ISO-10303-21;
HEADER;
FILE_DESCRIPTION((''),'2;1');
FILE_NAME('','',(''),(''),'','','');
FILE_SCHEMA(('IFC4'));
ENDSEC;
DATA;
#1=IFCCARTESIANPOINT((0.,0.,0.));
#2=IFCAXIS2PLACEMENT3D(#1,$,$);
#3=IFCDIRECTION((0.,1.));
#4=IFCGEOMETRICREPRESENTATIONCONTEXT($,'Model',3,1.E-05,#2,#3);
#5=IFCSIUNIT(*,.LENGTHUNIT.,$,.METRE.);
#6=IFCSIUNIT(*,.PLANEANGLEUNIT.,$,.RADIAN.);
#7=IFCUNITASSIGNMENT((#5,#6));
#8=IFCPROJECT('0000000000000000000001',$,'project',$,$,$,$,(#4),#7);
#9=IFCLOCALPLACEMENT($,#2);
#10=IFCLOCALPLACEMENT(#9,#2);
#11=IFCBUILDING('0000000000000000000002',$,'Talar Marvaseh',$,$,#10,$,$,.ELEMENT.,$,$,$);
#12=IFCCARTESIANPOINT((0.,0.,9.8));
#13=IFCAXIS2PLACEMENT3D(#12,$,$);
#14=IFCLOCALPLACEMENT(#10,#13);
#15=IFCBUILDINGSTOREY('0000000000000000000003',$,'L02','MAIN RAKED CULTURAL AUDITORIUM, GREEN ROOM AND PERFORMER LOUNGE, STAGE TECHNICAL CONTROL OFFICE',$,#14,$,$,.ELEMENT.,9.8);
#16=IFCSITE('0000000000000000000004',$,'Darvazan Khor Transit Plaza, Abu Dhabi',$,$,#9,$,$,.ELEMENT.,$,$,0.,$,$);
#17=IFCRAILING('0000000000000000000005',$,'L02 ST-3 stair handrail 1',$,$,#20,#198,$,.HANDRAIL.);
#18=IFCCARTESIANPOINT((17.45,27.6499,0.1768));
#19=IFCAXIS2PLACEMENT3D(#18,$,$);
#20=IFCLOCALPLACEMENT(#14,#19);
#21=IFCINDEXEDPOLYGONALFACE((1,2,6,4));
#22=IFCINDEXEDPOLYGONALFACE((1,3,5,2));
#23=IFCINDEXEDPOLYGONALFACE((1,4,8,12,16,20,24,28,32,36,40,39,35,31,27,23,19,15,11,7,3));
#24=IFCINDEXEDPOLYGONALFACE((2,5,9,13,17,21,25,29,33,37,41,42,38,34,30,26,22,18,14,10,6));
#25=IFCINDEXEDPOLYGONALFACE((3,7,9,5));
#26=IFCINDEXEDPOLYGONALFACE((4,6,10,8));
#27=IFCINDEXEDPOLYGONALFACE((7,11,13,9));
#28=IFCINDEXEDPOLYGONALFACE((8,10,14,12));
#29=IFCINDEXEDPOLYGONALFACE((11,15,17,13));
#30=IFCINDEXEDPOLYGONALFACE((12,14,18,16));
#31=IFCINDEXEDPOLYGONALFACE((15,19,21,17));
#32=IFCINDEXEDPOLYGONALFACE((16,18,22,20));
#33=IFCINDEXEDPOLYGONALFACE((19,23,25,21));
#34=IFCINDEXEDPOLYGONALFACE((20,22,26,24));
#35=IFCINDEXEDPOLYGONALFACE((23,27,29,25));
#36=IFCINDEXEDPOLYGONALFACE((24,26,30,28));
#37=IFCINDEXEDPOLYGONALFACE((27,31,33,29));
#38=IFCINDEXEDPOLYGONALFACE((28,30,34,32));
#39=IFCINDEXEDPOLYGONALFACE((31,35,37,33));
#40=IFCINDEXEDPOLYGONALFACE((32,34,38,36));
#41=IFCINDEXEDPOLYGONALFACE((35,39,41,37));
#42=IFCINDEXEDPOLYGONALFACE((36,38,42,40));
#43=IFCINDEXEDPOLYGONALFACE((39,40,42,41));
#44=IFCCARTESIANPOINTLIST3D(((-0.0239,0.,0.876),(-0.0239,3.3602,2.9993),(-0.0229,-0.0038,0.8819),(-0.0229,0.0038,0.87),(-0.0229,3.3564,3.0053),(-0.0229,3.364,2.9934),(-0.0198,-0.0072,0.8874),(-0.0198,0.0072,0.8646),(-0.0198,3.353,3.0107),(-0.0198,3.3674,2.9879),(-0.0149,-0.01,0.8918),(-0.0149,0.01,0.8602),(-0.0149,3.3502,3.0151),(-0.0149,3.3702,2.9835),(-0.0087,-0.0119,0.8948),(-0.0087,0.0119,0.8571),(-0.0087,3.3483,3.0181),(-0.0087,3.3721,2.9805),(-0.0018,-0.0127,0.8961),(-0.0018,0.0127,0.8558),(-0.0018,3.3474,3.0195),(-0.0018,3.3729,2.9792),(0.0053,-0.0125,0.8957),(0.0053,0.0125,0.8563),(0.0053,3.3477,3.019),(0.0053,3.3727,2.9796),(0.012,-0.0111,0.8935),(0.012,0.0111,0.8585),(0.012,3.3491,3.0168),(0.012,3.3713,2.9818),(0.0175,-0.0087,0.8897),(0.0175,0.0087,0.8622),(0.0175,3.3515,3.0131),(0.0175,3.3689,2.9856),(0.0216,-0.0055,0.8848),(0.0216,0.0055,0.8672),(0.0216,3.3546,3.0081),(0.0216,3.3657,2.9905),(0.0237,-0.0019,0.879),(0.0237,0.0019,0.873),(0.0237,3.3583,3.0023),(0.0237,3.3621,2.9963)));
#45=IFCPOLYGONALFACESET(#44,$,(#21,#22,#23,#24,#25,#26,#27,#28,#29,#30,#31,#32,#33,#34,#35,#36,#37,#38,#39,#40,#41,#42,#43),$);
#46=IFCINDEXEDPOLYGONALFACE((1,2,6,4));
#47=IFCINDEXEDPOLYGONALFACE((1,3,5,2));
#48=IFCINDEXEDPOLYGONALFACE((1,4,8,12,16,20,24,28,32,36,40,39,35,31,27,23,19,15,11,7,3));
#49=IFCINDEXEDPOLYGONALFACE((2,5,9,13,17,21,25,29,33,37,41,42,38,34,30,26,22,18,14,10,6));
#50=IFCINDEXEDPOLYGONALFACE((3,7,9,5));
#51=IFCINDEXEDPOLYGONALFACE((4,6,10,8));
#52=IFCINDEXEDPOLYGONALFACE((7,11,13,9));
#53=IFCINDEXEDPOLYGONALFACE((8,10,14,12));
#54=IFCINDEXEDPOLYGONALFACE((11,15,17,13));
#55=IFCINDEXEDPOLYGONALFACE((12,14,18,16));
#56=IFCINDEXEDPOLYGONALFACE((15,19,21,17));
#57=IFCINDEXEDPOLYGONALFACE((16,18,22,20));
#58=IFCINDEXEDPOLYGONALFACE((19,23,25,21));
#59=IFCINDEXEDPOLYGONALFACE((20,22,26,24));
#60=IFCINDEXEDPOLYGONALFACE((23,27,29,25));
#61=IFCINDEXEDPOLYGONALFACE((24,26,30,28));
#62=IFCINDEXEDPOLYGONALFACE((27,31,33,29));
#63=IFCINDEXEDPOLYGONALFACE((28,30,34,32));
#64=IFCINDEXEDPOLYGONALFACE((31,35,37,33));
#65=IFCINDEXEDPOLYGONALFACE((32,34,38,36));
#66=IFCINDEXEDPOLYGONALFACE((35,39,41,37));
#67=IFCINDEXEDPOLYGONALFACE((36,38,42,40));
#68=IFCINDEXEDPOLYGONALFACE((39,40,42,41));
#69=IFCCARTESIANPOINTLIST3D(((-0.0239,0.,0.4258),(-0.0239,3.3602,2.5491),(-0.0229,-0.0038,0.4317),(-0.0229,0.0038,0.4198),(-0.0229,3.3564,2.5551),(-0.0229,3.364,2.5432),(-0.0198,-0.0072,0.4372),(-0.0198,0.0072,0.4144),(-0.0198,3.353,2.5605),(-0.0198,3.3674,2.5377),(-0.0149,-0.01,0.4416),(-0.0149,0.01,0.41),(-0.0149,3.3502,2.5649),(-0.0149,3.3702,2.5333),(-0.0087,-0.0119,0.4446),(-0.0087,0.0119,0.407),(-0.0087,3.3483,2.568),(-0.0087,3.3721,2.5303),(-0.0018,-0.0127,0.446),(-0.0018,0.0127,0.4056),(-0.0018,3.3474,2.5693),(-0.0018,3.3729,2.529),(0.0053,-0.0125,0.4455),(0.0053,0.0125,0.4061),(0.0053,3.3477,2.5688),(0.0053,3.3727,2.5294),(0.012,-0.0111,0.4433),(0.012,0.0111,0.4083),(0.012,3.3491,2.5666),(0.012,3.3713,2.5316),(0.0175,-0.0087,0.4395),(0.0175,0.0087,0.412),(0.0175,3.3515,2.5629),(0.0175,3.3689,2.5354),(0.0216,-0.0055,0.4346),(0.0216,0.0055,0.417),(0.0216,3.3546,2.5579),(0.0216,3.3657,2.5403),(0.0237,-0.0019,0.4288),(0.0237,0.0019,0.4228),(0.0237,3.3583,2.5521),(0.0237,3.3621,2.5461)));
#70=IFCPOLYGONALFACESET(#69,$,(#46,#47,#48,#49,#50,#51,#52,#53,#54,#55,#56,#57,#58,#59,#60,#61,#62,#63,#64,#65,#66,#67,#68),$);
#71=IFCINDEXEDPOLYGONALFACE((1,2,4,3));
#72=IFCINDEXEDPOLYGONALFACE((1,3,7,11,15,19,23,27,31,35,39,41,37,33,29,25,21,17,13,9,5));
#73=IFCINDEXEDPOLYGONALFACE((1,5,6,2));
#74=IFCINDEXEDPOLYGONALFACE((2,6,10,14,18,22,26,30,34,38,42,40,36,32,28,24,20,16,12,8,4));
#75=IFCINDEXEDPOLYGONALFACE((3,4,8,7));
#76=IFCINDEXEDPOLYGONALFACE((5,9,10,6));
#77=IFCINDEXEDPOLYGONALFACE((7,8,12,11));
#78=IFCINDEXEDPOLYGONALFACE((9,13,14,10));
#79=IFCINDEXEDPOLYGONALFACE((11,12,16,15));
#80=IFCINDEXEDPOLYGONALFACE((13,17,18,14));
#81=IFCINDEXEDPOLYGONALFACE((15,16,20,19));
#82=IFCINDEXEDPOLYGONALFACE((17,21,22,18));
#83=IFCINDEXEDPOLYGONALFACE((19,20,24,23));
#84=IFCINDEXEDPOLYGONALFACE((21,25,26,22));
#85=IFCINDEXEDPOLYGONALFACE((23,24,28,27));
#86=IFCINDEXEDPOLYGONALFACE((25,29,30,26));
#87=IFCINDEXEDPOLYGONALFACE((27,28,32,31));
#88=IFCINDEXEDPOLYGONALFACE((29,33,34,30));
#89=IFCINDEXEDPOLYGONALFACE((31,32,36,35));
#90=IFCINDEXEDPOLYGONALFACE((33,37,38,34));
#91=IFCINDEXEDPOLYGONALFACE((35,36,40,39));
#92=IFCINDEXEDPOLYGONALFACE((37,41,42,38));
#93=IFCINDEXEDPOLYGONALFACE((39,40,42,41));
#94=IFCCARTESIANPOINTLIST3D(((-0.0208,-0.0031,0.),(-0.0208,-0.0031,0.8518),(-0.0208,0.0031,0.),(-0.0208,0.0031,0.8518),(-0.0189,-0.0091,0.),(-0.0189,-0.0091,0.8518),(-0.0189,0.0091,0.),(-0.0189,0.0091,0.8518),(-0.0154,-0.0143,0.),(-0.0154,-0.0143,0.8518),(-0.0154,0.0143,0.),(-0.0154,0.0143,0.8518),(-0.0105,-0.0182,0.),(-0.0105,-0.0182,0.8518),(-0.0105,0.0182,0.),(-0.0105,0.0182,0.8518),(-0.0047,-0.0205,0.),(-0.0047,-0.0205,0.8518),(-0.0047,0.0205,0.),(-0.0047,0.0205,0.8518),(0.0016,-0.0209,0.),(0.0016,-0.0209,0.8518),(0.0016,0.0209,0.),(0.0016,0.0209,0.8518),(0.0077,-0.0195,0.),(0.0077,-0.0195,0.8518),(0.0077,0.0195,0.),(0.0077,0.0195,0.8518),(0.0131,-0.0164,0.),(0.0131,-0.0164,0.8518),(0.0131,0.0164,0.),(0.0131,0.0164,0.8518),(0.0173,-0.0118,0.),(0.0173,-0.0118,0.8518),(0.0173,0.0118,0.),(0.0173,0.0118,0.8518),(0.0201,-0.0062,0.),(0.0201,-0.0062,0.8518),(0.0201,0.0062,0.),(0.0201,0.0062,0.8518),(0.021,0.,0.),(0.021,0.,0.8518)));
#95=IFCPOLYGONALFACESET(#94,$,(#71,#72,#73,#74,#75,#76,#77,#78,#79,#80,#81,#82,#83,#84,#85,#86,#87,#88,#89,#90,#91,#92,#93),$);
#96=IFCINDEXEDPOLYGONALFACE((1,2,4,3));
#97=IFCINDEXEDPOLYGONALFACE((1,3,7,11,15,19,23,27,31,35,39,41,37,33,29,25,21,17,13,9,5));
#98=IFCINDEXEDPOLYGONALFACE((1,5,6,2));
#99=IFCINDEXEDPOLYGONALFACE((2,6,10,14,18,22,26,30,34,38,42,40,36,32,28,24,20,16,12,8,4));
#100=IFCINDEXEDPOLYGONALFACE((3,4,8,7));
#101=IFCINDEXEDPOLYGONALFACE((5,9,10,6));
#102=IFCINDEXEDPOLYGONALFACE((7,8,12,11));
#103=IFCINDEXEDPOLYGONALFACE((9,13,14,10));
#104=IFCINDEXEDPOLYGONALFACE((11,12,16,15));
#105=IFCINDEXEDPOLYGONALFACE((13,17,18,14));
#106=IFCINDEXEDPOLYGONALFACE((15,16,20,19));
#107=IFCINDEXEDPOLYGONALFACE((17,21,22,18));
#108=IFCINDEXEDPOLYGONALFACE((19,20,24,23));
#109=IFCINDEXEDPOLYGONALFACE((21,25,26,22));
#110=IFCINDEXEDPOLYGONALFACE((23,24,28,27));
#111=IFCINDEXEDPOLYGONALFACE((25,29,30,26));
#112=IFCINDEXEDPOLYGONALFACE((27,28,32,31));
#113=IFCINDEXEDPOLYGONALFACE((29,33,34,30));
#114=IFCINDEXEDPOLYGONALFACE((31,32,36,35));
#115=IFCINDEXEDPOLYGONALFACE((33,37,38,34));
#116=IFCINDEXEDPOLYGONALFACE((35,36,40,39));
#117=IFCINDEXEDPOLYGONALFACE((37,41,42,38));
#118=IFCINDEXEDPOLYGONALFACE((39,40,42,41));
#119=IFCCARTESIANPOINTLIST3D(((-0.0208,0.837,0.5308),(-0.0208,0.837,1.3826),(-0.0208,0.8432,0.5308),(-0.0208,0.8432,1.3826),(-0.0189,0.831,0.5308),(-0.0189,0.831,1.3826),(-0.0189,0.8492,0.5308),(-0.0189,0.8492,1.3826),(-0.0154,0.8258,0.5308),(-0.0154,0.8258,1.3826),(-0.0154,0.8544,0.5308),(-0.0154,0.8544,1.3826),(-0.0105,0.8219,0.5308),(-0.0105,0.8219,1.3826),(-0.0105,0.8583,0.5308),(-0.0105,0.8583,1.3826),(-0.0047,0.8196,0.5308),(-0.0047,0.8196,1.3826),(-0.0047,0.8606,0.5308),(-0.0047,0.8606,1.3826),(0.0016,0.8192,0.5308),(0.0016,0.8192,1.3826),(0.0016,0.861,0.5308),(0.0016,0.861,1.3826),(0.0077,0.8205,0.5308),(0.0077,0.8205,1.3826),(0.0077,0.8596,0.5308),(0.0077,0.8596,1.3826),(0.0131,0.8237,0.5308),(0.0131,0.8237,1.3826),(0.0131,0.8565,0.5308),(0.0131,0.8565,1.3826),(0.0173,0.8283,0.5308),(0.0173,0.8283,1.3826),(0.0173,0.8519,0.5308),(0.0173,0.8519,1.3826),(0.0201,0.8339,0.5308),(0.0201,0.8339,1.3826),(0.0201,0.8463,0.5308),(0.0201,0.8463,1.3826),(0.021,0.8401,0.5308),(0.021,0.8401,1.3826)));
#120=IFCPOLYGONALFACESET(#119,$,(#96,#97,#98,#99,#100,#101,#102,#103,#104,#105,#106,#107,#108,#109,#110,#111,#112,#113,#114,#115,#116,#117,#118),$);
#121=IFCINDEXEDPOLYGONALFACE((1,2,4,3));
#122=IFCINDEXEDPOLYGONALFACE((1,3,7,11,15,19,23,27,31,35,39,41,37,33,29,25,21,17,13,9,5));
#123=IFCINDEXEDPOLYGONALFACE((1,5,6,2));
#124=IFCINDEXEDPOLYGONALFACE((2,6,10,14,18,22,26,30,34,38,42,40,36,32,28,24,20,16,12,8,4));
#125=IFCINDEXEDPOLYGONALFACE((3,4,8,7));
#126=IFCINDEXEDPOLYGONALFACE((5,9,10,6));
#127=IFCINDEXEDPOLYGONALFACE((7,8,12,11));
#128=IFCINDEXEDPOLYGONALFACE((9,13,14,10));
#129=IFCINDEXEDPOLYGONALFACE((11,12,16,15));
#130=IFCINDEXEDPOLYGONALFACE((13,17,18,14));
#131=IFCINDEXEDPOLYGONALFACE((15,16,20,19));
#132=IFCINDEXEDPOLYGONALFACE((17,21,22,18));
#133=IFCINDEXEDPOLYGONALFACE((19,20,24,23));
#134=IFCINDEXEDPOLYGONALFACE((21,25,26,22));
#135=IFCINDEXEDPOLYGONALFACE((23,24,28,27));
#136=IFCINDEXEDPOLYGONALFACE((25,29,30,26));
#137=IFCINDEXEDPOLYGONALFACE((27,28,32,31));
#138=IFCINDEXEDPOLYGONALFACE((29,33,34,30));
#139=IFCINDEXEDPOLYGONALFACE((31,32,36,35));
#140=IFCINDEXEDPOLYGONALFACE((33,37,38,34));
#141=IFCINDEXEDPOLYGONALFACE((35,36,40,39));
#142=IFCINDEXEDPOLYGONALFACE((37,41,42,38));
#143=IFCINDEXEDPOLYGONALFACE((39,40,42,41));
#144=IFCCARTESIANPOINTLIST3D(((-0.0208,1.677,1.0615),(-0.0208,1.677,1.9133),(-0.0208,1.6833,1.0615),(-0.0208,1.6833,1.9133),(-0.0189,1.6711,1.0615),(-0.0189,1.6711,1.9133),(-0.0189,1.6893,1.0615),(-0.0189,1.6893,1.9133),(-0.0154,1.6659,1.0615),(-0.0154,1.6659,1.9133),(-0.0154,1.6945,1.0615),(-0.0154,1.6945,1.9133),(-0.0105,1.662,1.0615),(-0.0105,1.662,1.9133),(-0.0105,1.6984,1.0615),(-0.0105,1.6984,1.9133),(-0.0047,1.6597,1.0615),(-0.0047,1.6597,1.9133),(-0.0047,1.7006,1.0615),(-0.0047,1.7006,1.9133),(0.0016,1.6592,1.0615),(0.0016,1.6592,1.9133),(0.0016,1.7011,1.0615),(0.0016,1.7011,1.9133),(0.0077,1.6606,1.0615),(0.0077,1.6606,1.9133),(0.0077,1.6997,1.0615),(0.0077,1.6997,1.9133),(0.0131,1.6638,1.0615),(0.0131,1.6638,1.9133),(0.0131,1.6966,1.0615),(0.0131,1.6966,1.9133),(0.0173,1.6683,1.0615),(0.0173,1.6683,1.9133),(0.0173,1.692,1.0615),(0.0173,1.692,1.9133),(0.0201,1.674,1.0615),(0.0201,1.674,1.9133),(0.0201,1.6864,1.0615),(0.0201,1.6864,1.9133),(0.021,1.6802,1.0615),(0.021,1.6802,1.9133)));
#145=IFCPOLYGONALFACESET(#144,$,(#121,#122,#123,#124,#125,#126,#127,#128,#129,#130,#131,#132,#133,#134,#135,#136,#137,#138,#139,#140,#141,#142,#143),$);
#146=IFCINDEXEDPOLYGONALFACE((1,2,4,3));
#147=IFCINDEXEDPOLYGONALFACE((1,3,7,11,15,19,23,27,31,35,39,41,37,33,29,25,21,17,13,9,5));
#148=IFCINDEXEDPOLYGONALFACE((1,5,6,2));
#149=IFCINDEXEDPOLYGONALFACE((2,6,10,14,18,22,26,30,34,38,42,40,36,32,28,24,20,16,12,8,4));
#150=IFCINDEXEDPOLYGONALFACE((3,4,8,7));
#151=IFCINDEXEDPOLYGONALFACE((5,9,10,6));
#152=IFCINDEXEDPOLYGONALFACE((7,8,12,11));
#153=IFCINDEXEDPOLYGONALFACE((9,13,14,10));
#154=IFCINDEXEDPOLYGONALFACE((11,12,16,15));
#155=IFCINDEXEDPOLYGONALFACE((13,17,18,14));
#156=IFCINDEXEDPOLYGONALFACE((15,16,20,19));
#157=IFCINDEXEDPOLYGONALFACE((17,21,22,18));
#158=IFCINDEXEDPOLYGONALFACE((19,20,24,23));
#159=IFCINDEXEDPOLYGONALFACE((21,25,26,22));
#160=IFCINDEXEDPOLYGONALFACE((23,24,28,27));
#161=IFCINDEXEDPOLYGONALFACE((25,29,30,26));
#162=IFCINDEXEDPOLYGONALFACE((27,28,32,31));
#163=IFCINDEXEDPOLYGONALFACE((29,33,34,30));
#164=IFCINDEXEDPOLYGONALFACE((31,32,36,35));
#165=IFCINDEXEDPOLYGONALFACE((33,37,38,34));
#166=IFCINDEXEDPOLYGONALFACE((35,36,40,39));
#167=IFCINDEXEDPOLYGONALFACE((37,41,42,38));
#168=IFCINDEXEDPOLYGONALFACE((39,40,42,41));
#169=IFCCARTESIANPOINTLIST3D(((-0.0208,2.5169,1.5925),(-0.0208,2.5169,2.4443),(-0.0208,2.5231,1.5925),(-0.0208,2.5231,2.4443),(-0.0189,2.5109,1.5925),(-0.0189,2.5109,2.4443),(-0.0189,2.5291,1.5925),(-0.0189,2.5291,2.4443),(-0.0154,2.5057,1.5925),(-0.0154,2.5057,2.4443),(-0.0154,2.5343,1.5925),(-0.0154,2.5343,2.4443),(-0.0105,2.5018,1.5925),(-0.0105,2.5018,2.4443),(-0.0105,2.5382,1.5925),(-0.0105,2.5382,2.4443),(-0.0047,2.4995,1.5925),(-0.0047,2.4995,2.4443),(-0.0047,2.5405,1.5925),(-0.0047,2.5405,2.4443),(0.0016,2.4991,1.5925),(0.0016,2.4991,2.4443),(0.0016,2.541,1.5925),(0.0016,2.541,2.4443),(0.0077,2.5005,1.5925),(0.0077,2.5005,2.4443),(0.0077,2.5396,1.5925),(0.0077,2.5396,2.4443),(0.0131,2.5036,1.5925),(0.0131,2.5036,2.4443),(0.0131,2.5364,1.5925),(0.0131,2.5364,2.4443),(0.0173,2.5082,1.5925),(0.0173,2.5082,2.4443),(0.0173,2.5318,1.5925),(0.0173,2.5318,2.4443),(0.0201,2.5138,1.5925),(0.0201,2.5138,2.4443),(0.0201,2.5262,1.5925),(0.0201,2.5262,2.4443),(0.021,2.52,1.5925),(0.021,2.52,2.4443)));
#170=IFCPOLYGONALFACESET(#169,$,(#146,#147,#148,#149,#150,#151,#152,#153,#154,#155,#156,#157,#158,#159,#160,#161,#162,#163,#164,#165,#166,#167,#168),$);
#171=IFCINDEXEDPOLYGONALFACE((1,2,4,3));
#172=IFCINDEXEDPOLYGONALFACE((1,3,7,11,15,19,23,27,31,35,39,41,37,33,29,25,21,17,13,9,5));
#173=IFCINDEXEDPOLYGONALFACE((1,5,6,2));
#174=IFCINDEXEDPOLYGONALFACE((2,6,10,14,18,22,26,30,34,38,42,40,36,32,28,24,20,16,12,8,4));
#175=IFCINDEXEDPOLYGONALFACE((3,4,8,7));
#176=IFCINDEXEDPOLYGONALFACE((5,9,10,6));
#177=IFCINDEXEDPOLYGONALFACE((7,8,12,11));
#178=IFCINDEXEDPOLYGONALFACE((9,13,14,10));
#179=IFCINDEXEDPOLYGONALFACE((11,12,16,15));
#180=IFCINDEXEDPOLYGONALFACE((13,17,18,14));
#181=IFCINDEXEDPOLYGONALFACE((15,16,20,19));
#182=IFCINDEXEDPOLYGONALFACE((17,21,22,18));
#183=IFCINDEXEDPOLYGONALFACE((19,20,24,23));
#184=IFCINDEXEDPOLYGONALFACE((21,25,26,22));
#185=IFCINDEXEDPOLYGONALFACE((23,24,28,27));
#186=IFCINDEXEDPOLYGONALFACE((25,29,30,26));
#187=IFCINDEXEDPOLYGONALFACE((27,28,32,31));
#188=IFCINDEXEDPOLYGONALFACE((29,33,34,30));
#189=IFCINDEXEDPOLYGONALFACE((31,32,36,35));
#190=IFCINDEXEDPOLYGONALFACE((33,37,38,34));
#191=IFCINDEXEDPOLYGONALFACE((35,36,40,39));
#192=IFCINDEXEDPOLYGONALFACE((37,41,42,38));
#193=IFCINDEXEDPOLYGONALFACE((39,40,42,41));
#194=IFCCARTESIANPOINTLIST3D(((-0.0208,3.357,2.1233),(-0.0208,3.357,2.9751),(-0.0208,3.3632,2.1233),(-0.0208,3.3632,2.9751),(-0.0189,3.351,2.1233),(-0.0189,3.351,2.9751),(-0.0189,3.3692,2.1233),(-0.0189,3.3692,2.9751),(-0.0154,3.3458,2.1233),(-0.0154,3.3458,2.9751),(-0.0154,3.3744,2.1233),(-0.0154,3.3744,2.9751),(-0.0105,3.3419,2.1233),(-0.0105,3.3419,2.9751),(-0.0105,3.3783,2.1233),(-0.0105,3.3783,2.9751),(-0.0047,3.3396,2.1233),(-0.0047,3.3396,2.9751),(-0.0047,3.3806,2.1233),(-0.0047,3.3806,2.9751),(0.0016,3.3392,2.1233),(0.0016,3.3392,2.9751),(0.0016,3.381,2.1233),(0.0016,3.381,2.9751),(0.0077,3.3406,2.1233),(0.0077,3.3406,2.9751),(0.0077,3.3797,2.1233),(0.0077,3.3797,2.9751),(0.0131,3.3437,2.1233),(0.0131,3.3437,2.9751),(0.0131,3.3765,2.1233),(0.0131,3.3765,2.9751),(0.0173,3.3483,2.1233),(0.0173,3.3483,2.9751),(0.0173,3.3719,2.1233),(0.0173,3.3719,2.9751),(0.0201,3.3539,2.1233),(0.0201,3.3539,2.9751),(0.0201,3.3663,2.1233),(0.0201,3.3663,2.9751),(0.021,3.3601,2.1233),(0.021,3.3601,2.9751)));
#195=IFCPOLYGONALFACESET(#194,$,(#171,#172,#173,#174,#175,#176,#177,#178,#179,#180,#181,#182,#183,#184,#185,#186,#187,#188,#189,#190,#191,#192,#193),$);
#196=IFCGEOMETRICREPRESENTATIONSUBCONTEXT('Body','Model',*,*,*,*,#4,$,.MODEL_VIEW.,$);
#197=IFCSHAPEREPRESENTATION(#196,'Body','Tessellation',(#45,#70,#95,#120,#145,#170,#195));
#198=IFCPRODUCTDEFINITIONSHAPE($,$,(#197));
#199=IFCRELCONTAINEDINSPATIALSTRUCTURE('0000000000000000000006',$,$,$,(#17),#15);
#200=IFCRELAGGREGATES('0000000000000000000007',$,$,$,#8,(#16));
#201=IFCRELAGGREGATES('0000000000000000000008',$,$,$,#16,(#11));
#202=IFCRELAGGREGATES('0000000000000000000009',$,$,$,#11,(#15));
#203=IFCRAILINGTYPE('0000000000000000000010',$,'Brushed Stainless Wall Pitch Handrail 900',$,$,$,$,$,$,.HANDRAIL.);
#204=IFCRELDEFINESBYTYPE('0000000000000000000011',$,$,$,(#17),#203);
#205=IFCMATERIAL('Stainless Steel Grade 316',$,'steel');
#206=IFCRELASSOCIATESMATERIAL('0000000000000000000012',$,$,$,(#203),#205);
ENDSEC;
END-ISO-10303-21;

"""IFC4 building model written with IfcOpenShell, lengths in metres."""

from ifc_helpers import new_model, si_unit, direction, frame, origin, origin_2d, place, context, subcontext, project, spatial, circle, extrude, material, type_object, element, save


model = new_model("IFC4")

# Units and contexts
model_context = context("Model", 3, precision=1e-05, world=origin(), true_north=direction((0.0, 1.0)))
body_context = subcontext(model_context, "Body", "Model", "MODEL_VIEW")
ifc_project = project(units=[si_unit("LENGTHUNIT", "METRE"), si_unit("PLANEANGLEUNIT", "RADIAN")], contexts=[model_context])

# Site, building, storey
site_placement = place(None, origin())
site = spatial("IfcSite", under=ifc_project, at=site_placement, Name="Darvazan Khor Transit Plaza, Abu Dhabi", CompositionType="ELEMENT", RefElevation=0.0)
building_placement = place(site_placement, origin())
building = spatial("IfcBuilding", under=site, at=building_placement, Name="Talar Marvaseh", CompositionType="ELEMENT")
storey_placement = place(building_placement, frame((0.0, 0.0, 9.8)))
storey = spatial("IfcBuildingStorey", under=building, at=storey_placement, Name="L02", Description="MAIN RAKED CULTURAL AUDITORIUM, GREEN ROOM AND PERFORMER LOUNGE, STAGE TECHNICAL CONTROL OFFICE", CompositionType="ELEMENT", Elevation=9.8)

# Railing
ifc_material_1 = material(Name="Stainless Steel Grade 316", Category="steel")
railing_type_1 = type_object("IfcRailingType", Name="Brushed Stainless Wall Pitch Handrail 900", PredefinedType="HANDRAIL", material=ifc_material_1)
railing_1_placement = place(storey_placement, frame((17.45, 27.6499, 0.1768)))
element("IfcRailing", 1, at=railing_1_placement, inside=storey, type_object=railing_type_1, Name="L02 ST-3 stair handrail 1", PredefinedType="HANDRAIL", context=body_context, shape_type="SweptSolid", body=[
    extrude(circle(Radius=0.0239, at=origin_2d()), frame((0.0, 0.0, 0.876), z_axis=(0.0, 0.845362, 0.534194), x_axis=(-1.0, 0.0, 0.0)), (0.0, 0.0, 1.0), 3.9749),
    extrude(circle(Radius=0.0239, at=origin_2d()), frame((0.0, 0.0, 0.4258), z_axis=(0.0, 0.845362, 0.534194), x_axis=(-1.0, 0.0, 0.0)), (0.0, 0.0, 1.0), 3.9749),
    extrude(circle(Radius=0.021, at=origin_2d()), origin(), (0.0, 0.0, 1.0), 0.8518),
    extrude(circle(Radius=0.021, at=origin_2d()), frame((0.0, 0.8401, 0.5308)), (0.0, 0.0, 1.0), 0.8518),
    extrude(circle(Radius=0.021, at=origin_2d()), frame((0.0, 1.6802, 1.0615)), (0.0, 0.0, 1.0), 0.8518),
    extrude(circle(Radius=0.021, at=origin_2d()), frame((0.0, 2.52, 1.5925)), (0.0, 0.0, 1.0), 0.8518),
    extrude(circle(Radius=0.021, at=origin_2d()), frame((0.0, 3.3601, 2.1233)), (0.0, 0.0, 1.0), 0.8518),
])

save(model, "model.ifc")
